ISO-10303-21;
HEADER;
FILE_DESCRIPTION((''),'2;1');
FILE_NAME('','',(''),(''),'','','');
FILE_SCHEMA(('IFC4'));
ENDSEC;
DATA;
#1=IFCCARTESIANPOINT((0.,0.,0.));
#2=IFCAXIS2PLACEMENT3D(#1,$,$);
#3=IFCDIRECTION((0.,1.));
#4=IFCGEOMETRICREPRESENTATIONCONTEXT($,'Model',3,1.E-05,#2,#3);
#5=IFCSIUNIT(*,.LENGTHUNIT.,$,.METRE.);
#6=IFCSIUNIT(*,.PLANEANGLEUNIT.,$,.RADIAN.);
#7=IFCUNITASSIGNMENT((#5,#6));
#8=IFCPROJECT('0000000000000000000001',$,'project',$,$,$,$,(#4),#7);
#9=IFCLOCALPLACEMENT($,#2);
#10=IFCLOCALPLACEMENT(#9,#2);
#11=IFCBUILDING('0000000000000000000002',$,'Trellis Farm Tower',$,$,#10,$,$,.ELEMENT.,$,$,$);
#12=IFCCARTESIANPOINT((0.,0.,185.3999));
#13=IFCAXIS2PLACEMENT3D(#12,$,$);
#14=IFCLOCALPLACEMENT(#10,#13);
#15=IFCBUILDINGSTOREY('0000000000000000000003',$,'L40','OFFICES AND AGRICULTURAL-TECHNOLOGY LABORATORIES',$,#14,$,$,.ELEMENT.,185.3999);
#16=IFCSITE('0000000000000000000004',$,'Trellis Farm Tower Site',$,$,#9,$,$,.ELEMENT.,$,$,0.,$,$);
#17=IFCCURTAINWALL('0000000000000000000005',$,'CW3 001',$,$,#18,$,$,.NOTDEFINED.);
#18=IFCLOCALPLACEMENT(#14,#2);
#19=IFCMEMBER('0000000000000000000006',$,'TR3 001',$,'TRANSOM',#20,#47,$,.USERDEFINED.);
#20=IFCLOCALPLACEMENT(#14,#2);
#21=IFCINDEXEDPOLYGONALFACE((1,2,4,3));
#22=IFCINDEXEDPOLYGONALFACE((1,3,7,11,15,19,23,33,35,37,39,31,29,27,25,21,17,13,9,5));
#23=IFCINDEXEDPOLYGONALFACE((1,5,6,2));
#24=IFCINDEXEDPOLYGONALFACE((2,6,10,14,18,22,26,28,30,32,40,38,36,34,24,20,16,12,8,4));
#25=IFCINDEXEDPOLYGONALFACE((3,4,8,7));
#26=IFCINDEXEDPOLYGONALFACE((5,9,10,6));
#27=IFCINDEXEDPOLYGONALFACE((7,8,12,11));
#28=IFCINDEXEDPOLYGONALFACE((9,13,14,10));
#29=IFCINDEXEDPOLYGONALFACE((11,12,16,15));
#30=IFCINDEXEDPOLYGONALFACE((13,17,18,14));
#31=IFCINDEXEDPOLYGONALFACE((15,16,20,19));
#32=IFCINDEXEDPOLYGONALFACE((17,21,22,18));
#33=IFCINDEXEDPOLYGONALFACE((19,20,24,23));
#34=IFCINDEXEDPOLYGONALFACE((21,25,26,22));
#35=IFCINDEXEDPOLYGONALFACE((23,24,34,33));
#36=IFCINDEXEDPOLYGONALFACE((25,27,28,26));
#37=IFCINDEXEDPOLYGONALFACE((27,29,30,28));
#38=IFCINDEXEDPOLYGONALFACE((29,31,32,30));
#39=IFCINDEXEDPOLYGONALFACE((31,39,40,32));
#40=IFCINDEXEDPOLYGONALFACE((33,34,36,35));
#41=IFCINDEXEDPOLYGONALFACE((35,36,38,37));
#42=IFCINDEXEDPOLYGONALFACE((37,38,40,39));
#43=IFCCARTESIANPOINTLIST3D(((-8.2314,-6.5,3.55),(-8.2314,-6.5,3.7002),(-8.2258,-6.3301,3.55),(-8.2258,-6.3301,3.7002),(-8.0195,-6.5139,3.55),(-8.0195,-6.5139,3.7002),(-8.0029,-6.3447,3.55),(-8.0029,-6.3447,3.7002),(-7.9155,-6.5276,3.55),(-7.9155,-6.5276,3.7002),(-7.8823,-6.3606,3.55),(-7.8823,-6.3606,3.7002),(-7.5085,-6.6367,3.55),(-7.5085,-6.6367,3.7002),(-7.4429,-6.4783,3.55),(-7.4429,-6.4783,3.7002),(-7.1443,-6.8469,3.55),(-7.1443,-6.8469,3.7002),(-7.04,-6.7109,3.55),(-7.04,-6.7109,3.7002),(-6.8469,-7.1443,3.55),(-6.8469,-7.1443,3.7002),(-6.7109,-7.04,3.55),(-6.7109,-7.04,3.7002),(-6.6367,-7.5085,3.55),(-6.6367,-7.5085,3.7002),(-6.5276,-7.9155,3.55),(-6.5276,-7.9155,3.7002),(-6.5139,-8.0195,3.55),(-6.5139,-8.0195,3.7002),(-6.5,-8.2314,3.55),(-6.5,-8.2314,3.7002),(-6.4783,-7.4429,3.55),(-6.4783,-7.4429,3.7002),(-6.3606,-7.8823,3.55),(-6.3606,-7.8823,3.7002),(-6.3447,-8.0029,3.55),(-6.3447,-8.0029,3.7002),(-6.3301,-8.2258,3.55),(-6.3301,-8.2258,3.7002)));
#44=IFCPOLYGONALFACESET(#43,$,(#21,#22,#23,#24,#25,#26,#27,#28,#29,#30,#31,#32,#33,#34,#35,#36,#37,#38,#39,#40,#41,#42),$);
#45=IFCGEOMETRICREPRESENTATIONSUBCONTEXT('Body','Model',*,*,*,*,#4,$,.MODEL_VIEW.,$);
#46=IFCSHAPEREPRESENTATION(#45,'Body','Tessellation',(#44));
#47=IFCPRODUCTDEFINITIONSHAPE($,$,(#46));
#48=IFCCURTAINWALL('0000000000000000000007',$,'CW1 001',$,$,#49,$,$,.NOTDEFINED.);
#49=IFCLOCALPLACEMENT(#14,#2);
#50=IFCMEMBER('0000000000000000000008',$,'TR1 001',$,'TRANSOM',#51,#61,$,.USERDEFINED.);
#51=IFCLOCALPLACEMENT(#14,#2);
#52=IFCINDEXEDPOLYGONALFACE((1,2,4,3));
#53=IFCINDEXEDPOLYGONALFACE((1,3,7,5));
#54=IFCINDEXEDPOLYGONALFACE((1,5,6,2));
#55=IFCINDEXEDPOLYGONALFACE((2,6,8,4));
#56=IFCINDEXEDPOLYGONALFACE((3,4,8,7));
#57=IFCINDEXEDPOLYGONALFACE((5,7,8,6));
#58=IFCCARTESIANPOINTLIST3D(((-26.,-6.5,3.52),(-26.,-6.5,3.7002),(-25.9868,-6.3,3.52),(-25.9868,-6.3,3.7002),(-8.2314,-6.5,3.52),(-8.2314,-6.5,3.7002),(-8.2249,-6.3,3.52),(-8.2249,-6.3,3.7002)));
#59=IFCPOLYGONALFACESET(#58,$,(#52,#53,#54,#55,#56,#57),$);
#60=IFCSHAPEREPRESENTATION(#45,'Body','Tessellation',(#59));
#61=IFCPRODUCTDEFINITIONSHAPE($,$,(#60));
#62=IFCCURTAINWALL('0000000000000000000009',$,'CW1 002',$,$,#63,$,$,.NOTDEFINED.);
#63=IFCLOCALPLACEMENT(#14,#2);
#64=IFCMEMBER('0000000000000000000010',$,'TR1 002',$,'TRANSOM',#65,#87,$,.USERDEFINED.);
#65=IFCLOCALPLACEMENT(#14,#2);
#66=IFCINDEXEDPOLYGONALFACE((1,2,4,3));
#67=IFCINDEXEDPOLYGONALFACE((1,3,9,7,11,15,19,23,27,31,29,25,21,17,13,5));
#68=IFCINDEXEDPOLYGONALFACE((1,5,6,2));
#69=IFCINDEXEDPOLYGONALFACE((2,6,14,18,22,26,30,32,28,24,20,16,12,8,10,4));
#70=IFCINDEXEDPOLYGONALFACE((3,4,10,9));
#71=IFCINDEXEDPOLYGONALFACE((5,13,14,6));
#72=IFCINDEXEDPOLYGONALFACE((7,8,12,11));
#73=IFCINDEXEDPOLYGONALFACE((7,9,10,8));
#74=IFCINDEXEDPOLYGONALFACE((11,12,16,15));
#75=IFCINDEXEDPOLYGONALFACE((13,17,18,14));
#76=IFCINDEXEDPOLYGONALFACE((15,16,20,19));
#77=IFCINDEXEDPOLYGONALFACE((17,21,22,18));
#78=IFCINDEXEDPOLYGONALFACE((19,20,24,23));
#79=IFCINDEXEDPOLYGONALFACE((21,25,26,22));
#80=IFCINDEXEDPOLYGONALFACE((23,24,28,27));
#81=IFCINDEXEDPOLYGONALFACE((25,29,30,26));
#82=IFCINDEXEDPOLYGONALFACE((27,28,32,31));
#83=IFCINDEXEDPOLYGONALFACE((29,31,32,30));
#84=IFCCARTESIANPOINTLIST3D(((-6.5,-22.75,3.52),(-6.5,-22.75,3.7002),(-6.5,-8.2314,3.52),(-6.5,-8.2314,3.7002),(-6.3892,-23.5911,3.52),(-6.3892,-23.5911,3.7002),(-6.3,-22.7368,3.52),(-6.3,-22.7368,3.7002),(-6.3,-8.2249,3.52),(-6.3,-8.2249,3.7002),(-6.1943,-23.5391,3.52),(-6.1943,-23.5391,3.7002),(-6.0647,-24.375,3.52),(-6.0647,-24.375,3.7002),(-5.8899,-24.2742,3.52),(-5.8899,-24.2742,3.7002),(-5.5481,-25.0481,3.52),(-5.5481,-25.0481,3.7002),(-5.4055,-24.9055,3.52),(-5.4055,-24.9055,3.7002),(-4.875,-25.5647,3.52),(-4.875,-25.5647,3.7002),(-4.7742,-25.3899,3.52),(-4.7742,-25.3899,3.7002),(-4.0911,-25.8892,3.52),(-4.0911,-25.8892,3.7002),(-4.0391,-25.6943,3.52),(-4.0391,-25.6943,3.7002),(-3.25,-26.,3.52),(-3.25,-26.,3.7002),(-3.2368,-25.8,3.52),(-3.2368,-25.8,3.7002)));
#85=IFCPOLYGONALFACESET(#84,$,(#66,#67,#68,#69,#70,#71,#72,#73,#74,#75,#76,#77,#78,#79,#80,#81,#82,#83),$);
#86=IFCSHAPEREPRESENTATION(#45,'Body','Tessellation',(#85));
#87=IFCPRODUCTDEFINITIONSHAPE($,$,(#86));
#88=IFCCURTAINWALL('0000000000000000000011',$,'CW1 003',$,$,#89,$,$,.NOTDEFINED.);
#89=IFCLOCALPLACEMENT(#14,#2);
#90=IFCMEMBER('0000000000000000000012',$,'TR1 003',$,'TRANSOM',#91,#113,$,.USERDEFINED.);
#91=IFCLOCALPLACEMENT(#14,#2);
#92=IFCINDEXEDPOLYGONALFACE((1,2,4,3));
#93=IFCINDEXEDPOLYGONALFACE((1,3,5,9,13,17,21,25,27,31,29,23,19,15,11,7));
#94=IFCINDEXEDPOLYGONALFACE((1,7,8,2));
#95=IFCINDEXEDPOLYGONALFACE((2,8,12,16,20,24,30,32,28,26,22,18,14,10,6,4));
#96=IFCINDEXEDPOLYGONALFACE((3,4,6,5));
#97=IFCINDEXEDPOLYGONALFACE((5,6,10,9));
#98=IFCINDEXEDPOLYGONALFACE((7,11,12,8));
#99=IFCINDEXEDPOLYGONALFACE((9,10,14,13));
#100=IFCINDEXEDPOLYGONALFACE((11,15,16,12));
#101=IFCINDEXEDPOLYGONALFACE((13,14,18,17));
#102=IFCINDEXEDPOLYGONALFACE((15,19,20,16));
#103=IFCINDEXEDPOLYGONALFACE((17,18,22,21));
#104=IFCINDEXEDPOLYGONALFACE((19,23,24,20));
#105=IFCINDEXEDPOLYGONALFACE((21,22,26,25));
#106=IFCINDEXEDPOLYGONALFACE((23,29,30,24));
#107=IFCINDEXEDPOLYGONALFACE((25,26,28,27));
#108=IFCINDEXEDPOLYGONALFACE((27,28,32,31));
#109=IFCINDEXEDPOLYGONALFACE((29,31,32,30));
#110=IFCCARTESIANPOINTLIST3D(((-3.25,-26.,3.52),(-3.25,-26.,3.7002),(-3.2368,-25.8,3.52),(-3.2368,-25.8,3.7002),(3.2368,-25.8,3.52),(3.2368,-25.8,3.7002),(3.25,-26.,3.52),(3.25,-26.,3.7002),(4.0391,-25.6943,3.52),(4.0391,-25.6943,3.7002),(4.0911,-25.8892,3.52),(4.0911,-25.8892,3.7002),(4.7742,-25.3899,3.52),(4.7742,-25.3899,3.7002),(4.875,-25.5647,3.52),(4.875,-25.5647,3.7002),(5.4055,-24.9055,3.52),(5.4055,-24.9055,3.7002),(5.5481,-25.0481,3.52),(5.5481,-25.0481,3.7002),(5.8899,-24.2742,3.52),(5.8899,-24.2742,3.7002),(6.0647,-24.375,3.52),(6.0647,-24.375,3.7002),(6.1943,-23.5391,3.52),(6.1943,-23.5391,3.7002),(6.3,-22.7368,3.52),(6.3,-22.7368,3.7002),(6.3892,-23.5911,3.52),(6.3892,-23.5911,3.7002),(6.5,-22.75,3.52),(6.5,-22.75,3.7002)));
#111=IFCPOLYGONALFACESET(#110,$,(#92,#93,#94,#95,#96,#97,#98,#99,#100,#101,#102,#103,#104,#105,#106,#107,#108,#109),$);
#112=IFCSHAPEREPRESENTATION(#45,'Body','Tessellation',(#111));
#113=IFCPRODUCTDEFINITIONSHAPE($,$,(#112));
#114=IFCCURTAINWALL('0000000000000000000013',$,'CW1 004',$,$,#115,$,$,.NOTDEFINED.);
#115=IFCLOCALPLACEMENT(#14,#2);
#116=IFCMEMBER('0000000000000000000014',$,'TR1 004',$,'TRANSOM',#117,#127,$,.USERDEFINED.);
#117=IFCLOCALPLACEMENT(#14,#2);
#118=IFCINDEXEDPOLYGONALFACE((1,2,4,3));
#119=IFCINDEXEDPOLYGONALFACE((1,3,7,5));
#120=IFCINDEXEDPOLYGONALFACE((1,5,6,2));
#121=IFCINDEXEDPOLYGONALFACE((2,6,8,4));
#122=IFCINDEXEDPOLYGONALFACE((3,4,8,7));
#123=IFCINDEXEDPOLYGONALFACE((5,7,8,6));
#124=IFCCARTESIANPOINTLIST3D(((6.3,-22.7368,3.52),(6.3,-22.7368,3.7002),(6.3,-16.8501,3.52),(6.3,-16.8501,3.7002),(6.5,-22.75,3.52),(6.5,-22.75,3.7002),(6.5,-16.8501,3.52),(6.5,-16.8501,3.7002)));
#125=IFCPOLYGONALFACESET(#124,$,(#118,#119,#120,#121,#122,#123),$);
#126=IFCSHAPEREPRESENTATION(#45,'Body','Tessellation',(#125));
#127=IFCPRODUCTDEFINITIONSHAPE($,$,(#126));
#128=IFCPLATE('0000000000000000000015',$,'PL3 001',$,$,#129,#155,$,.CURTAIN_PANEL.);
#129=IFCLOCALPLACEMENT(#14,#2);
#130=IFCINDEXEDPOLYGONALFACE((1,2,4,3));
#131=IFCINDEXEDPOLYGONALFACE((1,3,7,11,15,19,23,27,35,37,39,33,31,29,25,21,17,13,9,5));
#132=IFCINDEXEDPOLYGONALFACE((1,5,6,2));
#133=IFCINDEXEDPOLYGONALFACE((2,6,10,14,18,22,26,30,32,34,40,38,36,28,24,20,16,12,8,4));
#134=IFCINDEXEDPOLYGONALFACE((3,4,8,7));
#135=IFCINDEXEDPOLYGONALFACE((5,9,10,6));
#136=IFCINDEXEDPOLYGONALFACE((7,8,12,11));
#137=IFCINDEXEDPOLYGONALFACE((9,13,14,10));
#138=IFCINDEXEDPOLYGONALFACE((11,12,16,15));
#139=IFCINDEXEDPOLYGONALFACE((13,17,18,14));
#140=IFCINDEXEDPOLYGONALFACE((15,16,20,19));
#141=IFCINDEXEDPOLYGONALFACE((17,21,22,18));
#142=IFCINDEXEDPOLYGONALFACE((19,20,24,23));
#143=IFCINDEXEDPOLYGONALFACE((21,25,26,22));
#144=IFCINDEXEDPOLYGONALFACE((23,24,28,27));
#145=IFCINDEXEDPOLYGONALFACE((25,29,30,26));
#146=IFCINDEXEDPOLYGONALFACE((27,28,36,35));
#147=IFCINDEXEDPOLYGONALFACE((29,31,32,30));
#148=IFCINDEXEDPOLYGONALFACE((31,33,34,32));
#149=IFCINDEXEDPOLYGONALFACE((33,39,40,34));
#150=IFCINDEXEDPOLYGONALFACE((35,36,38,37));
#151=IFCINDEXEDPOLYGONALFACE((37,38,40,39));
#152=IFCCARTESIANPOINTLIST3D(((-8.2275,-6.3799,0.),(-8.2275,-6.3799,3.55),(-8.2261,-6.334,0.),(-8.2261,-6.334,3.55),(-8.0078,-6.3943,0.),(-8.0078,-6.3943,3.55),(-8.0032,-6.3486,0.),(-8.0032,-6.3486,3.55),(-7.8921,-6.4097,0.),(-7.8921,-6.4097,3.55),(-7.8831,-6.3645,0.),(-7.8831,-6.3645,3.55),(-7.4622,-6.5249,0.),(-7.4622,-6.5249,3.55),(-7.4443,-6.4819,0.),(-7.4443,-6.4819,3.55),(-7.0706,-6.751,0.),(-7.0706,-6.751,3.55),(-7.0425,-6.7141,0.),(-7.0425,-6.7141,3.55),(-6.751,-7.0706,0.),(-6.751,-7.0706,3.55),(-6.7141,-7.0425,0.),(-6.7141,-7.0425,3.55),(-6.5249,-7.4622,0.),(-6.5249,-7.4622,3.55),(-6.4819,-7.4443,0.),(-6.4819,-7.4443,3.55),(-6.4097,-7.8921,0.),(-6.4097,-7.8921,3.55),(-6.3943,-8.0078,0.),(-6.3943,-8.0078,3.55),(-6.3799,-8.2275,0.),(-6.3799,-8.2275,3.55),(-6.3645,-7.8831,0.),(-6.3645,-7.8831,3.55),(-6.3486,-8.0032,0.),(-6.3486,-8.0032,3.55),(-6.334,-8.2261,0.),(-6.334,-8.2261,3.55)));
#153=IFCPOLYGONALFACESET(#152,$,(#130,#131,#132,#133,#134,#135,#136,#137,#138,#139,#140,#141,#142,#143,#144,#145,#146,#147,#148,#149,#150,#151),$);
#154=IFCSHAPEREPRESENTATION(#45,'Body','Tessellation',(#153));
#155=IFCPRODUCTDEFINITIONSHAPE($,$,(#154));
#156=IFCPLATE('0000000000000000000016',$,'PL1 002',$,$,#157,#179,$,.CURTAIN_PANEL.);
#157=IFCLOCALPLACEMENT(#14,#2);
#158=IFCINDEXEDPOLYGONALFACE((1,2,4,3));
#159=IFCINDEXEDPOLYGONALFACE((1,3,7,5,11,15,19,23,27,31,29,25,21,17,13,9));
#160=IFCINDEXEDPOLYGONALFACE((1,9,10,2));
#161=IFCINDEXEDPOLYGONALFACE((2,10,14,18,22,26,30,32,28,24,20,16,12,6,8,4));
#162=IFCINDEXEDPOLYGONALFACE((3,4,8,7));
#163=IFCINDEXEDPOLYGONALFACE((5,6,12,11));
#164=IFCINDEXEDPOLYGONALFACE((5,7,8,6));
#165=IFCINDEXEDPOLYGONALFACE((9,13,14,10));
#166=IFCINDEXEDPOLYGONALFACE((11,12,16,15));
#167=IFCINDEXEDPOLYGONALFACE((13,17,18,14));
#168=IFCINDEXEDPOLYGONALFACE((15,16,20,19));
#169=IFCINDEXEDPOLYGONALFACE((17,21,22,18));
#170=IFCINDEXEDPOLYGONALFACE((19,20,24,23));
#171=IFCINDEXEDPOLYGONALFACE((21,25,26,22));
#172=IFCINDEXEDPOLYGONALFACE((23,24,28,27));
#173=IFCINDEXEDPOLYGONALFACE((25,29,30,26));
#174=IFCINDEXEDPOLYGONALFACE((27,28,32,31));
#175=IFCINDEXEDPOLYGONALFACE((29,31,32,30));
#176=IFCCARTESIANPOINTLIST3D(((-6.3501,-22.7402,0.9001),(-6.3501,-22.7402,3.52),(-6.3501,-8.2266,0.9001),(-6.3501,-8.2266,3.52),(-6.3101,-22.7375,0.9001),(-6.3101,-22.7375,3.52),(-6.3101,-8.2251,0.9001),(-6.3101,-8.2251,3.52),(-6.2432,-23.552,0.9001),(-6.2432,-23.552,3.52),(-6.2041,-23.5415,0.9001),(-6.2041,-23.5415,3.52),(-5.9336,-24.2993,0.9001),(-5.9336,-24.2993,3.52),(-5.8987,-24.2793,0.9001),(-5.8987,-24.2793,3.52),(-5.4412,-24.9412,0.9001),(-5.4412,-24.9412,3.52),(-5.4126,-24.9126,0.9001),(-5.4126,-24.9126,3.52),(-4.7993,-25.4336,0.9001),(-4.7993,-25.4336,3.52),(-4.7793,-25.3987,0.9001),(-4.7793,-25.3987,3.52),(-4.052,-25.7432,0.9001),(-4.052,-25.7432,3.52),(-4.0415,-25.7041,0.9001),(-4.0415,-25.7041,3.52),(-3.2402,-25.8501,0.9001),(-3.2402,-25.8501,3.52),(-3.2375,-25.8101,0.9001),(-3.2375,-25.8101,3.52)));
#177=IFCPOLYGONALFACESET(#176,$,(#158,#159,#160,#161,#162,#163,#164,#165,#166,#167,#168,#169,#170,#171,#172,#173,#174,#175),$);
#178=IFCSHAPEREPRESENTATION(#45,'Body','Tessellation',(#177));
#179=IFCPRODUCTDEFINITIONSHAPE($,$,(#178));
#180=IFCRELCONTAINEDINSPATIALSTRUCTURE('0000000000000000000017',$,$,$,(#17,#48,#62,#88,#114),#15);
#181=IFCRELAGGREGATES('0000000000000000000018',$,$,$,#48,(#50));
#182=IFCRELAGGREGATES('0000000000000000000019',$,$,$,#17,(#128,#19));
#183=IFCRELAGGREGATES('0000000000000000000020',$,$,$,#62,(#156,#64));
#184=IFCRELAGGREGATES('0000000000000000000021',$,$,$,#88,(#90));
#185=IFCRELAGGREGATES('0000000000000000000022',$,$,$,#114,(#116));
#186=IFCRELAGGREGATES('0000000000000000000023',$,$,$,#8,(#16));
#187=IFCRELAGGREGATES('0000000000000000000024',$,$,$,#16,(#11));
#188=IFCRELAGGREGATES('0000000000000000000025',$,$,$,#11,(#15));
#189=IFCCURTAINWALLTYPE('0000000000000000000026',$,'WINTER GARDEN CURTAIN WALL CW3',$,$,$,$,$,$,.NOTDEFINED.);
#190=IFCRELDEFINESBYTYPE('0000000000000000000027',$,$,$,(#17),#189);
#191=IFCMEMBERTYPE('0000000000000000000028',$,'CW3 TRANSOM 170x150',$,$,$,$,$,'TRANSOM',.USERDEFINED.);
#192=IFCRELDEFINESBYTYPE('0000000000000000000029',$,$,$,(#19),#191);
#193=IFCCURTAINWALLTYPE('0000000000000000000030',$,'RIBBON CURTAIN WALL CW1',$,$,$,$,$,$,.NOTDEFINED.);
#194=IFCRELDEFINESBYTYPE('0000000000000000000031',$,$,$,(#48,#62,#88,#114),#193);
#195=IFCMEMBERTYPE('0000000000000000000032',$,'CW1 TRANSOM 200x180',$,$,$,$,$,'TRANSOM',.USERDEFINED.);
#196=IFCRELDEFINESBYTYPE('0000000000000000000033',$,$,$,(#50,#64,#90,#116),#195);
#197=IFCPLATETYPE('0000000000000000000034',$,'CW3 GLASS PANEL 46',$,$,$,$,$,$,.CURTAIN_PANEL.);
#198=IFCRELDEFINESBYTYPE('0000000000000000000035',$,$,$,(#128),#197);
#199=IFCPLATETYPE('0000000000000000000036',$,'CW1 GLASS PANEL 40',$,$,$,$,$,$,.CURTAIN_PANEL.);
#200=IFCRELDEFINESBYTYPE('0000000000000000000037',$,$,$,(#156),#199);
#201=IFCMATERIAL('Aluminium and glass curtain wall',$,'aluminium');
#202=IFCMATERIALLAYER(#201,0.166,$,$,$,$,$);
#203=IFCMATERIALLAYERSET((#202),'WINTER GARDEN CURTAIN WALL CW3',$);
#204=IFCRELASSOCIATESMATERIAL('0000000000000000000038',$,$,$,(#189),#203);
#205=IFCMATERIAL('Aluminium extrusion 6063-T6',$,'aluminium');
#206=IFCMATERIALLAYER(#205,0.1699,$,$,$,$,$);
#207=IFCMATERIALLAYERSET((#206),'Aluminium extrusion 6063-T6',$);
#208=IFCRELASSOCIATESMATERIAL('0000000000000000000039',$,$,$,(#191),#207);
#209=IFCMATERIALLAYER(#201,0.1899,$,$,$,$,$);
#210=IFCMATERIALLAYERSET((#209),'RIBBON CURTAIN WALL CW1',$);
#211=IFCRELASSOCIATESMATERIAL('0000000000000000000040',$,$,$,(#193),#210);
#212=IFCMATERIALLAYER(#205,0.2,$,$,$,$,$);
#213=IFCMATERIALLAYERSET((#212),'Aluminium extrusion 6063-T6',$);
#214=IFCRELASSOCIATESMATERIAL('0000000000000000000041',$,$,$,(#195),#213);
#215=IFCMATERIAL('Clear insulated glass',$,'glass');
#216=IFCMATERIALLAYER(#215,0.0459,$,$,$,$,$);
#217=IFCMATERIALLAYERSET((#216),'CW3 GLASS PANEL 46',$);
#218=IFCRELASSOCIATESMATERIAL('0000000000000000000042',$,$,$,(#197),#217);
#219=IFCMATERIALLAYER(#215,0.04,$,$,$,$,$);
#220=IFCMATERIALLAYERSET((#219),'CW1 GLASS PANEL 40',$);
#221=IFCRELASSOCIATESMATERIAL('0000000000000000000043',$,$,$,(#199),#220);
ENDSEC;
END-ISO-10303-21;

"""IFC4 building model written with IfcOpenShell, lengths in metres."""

from ifc_helpers import new_model, si_unit, direction, frame, origin, place, context, subcontext, project, spatial, polyline, outline, extrude, source, transform, mapped, material, layer, layer_set, type_object, element, aggregate, save


model = new_model("IFC4")

# Units and contexts
model_context = context("Model", 3, precision=1e-05, world=origin(), true_north=direction((0.0, 1.0)))
body_context = subcontext(model_context, "Body", "Model", "MODEL_VIEW")
ifc_project = project(units=[si_unit("LENGTHUNIT", "METRE"), si_unit("PLANEANGLEUNIT", "RADIAN")], contexts=[model_context])

# Site, building, storey
site_placement = place(None, origin())
site = spatial("IfcSite", under=ifc_project, at=site_placement, Name="Trellis Farm Tower Site", CompositionType="ELEMENT", RefElevation=0.0)
building_placement = place(site_placement, origin())
building = spatial("IfcBuilding", under=site, at=building_placement, Name="Trellis Farm Tower", CompositionType="ELEMENT")
storey_placement = place(building_placement, frame((0.0, 0.0, 185.3999)))
storey = spatial("IfcBuildingStorey", under=building, at=storey_placement, Name="L40", Description="OFFICES AND AGRICULTURAL-TECHNOLOGY LABORATORIES", CompositionType="ELEMENT", Elevation=185.3999)

# Curtain walls, members
ifc_material_1 = material(Name="Aluminium and glass curtain wall", Category="aluminium")
ifc_layer_1 = layer(ifc_material_1, 0.166)
ifc_layer_set_1 = layer_set([ifc_layer_1], Name="WINTER GARDEN CURTAIN WALL CW3")
curtain_wall_type_1 = type_object("IfcCurtainWallType", Name="WINTER GARDEN CURTAIN WALL CW3", PredefinedType="NOTDEFINED", material=ifc_layer_set_1)
placement_1 = place(storey_placement, origin())
curtain_wall_1 = element("IfcCurtainWall", 1, at=placement_1, inside=storey, type_object=curtain_wall_type_1, Name="CW3 001", PredefinedType="NOTDEFINED")
ifc_material_2 = material(Name="Aluminium extrusion 6063-T6", Category="aluminium")
ifc_layer_2 = layer(ifc_material_2, 0.1699)
ifc_layer_set_2 = layer_set([ifc_layer_2], Name="Aluminium extrusion 6063-T6")
member_type_1 = type_object("IfcMemberType", Name="CW3 TRANSOM 170x150", ElementType="TRANSOM", PredefinedType="USERDEFINED", material=ifc_layer_set_2)
shared_shape_1 = source(origin(), body_context, "Body", "SweptSolid", [
    extrude(outline(polyline([(-8.2314, -6.5), (-8.0195, -6.5139), (-7.9155, -6.5276), (-7.5085, -6.6367), (-7.1443, -6.8469), (-6.8469, -7.1443), (-6.6367, -7.5085), (-6.5276, -7.9155), (-6.5139, -8.0195), (-6.5, -8.2314), (-6.3301, -8.2258), (-6.3447, -8.0029), (-6.3606, -7.8823), (-6.4783, -7.4429), (-6.7109, -7.04), (-7.04, -6.7109), (-7.4429, -6.4783), (-7.8823, -6.3606), (-8.0029, -6.3447), (-8.2258, -6.3301), (-8.2314, -6.5)])), origin(), (0.0, 0.0, 1.0), 0.1501),
])
member_1_placement = place(storey_placement, frame((0.0, 0.0, 3.55)))
member_1 = element("IfcMember", 2, at=member_1_placement, type_object=member_type_1, Name="TR3 001", ObjectType="TRANSOM", PredefinedType="USERDEFINED", context=body_context, shape_type="MappedRepresentation", body=[
    mapped(shared_shape_1, transform((0.0, 0.0, 0.0))),
])
ifc_layer_3 = layer(ifc_material_1, 0.1899)
ifc_layer_set_3 = layer_set([ifc_layer_3], Name="RIBBON CURTAIN WALL CW1")
curtain_wall_type_2 = type_object("IfcCurtainWallType", Name="RIBBON CURTAIN WALL CW1", PredefinedType="NOTDEFINED", material=ifc_layer_set_3)
curtain_wall_2 = element("IfcCurtainWall", 3, at=placement_1, inside=storey, type_object=curtain_wall_type_2, Name="CW1 001", PredefinedType="NOTDEFINED")
ifc_layer_4 = layer(ifc_material_2, 0.2)
ifc_layer_set_4 = layer_set([ifc_layer_4], Name="Aluminium extrusion 6063-T6")
member_type_2 = type_object("IfcMemberType", Name="CW1 TRANSOM 200x180", ElementType="TRANSOM", PredefinedType="USERDEFINED", material=ifc_layer_set_4)
shared_shape_2 = source(origin(), body_context, "Body", "SweptSolid", [
    extrude(outline(polyline([(-26.0, -6.5), (-8.2314, -6.5), (-8.2249, -6.3), (-25.9868, -6.3), (-26.0, -6.5)])), origin(), (0.0, 0.0, 1.0), 0.1802),
])
placement_2 = place(storey_placement, frame((0.0, 0.0, 3.52)))
member_2 = element("IfcMember", 4, at=placement_2, type_object=member_type_2, Name="TR1 001", ObjectType="TRANSOM", PredefinedType="USERDEFINED", context=body_context, shape_type="MappedRepresentation", body=[
    mapped(shared_shape_2, transform((0.0, 0.0, 0.0))),
])
aggregate(curtain_wall_2, [member_2])
curtain_wall_3 = element("IfcCurtainWall", 5, at=placement_1, inside=storey, type_object=curtain_wall_type_2, Name="CW1 002", PredefinedType="NOTDEFINED")
shared_shape_3 = source(origin(), body_context, "Body", "SweptSolid", [
    extrude(outline(polyline([(-6.5, -8.2314), (-6.5, -22.75), (-6.3892, -23.5911), (-6.0647, -24.375), (-5.5481, -25.0481), (-4.875, -25.5647), (-4.0911, -25.8892), (-3.25, -26.0), (-3.2368, -25.8), (-4.0391, -25.6943), (-4.7742, -25.3899), (-5.4055, -24.9055), (-5.8899, -24.2742), (-6.1943, -23.5391), (-6.3, -22.7368), (-6.3, -8.2249), (-6.5, -8.2314)])), origin(), (0.0, 0.0, 1.0), 0.1802),
])
member_3 = element("IfcMember", 6, at=placement_2, type_object=member_type_2, Name="TR1 002", ObjectType="TRANSOM", PredefinedType="USERDEFINED", context=body_context, shape_type="MappedRepresentation", body=[
    mapped(shared_shape_3, transform((0.0, 0.0, 0.0))),
])
curtain_wall_4 = element("IfcCurtainWall", 7, at=placement_1, inside=storey, type_object=curtain_wall_type_2, Name="CW1 003", PredefinedType="NOTDEFINED")
shared_shape_4 = source(origin(), body_context, "Body", "SweptSolid", [
    extrude(outline(polyline([(-3.25, -26.0), (3.25, -26.0), (4.0911, -25.8892), (4.875, -25.5647), (5.5481, -25.0481), (6.0647, -24.375), (6.3892, -23.5911), (6.5, -22.75), (6.3, -22.7368), (6.1943, -23.5391), (5.8899, -24.2742), (5.4055, -24.9055), (4.7742, -25.3899), (4.0391, -25.6943), (3.2368, -25.8), (-3.2368, -25.8), (-3.25, -26.0)])), origin(), (0.0, 0.0, 1.0), 0.1802),
])
member_4 = element("IfcMember", 8, at=placement_2, type_object=member_type_2, Name="TR1 003", ObjectType="TRANSOM", PredefinedType="USERDEFINED", context=body_context, shape_type="MappedRepresentation", body=[
    mapped(shared_shape_4, transform((0.0, 0.0, 0.0))),
])
curtain_wall_5 = element("IfcCurtainWall", 9, at=placement_1, inside=storey, type_object=curtain_wall_type_2, Name="CW1 004", PredefinedType="NOTDEFINED")
shared_shape_5 = source(origin(), body_context, "Body", "SweptSolid", [
    extrude(outline(polyline([(6.5, -22.75), (6.5, -16.8501), (6.3, -16.8501), (6.3, -22.7368), (6.5, -22.75)])), origin(), (0.0, 0.0, 1.0), 0.1802),
])
member_5 = element("IfcMember", 10, at=placement_2, type_object=member_type_2, Name="TR1 004", ObjectType="TRANSOM", PredefinedType="USERDEFINED", context=body_context, shape_type="MappedRepresentation", body=[
    mapped(shared_shape_5, transform((0.0, 0.0, 0.0))),
])

# Plates
ifc_material_3 = material(Name="Clear insulated glass", Category="glass")
ifc_layer_5 = layer(ifc_material_3, 0.0459)
ifc_layer_set_5 = layer_set([ifc_layer_5], Name="CW3 GLASS PANEL 46")
plate_type_1 = type_object("IfcPlateType", Name="CW3 GLASS PANEL 46", PredefinedType="CURTAIN_PANEL", material=ifc_layer_set_5)
shared_shape_6 = source(origin(), body_context, "Body", "SweptSolid", [
    extrude(outline(polyline([(-8.2275, -6.3799), (-8.0078, -6.3943), (-7.8921, -6.4097), (-7.4622, -6.5249), (-7.0706, -6.751), (-6.751, -7.0706), (-6.5249, -7.4622), (-6.4097, -7.8921), (-6.3943, -8.0078), (-6.3799, -8.2275), (-6.334, -8.2261), (-6.3486, -8.0032), (-6.3645, -7.8831), (-6.4819, -7.4443), (-6.7141, -7.0425), (-7.0425, -6.7141), (-7.4443, -6.4819), (-7.8831, -6.3645), (-8.0032, -6.3486), (-8.2261, -6.334), (-8.2275, -6.3799)])), origin(), (0.0, 0.0, 1.0), 3.55),
])
plate_1 = element("IfcPlate", 11, at=placement_1, type_object=plate_type_1, Name="PL3 001", PredefinedType="CURTAIN_PANEL", context=body_context, shape_type="MappedRepresentation", body=[
    mapped(shared_shape_6, transform((0.0, 0.0, 0.0))),
])
aggregate(curtain_wall_1, [plate_1, member_1])
ifc_layer_6 = layer(ifc_material_3, 0.04)
ifc_layer_set_6 = layer_set([ifc_layer_6], Name="CW1 GLASS PANEL 40")
plate_type_2 = type_object("IfcPlateType", Name="CW1 GLASS PANEL 40", PredefinedType="CURTAIN_PANEL", material=ifc_layer_set_6)
shared_shape_7 = source(origin(), body_context, "Body", "SweptSolid", [
    extrude(outline(polyline([(-6.3501, -8.2266), (-6.3501, -22.7402), (-6.2432, -23.552), (-5.9336, -24.2993), (-5.4412, -24.9412), (-4.7993, -25.4336), (-4.052, -25.7432), (-3.2402, -25.8501), (-3.2375, -25.8101), (-4.0415, -25.7041), (-4.7793, -25.3987), (-5.4126, -24.9126), (-5.8987, -24.2793), (-6.2041, -23.5415), (-6.3101, -22.7375), (-6.3101, -8.2251), (-6.3501, -8.2266)])), origin(), (0.0, 0.0, 1.0), 2.6199),
])
placement_3 = place(storey_placement, frame((0.0, 0.0, 0.9001)))
plate_2 = element("IfcPlate", 12, at=placement_3, type_object=plate_type_2, Name="PL1 002", PredefinedType="CURTAIN_PANEL", context=body_context, shape_type="MappedRepresentation", body=[
    mapped(shared_shape_7, transform((0.0, 0.0, 0.0))),
])
aggregate(curtain_wall_3, [plate_2, member_3])
aggregate(curtain_wall_4, [member_4])
aggregate(curtain_wall_5, [member_5])

save(model, "model.ifc")
